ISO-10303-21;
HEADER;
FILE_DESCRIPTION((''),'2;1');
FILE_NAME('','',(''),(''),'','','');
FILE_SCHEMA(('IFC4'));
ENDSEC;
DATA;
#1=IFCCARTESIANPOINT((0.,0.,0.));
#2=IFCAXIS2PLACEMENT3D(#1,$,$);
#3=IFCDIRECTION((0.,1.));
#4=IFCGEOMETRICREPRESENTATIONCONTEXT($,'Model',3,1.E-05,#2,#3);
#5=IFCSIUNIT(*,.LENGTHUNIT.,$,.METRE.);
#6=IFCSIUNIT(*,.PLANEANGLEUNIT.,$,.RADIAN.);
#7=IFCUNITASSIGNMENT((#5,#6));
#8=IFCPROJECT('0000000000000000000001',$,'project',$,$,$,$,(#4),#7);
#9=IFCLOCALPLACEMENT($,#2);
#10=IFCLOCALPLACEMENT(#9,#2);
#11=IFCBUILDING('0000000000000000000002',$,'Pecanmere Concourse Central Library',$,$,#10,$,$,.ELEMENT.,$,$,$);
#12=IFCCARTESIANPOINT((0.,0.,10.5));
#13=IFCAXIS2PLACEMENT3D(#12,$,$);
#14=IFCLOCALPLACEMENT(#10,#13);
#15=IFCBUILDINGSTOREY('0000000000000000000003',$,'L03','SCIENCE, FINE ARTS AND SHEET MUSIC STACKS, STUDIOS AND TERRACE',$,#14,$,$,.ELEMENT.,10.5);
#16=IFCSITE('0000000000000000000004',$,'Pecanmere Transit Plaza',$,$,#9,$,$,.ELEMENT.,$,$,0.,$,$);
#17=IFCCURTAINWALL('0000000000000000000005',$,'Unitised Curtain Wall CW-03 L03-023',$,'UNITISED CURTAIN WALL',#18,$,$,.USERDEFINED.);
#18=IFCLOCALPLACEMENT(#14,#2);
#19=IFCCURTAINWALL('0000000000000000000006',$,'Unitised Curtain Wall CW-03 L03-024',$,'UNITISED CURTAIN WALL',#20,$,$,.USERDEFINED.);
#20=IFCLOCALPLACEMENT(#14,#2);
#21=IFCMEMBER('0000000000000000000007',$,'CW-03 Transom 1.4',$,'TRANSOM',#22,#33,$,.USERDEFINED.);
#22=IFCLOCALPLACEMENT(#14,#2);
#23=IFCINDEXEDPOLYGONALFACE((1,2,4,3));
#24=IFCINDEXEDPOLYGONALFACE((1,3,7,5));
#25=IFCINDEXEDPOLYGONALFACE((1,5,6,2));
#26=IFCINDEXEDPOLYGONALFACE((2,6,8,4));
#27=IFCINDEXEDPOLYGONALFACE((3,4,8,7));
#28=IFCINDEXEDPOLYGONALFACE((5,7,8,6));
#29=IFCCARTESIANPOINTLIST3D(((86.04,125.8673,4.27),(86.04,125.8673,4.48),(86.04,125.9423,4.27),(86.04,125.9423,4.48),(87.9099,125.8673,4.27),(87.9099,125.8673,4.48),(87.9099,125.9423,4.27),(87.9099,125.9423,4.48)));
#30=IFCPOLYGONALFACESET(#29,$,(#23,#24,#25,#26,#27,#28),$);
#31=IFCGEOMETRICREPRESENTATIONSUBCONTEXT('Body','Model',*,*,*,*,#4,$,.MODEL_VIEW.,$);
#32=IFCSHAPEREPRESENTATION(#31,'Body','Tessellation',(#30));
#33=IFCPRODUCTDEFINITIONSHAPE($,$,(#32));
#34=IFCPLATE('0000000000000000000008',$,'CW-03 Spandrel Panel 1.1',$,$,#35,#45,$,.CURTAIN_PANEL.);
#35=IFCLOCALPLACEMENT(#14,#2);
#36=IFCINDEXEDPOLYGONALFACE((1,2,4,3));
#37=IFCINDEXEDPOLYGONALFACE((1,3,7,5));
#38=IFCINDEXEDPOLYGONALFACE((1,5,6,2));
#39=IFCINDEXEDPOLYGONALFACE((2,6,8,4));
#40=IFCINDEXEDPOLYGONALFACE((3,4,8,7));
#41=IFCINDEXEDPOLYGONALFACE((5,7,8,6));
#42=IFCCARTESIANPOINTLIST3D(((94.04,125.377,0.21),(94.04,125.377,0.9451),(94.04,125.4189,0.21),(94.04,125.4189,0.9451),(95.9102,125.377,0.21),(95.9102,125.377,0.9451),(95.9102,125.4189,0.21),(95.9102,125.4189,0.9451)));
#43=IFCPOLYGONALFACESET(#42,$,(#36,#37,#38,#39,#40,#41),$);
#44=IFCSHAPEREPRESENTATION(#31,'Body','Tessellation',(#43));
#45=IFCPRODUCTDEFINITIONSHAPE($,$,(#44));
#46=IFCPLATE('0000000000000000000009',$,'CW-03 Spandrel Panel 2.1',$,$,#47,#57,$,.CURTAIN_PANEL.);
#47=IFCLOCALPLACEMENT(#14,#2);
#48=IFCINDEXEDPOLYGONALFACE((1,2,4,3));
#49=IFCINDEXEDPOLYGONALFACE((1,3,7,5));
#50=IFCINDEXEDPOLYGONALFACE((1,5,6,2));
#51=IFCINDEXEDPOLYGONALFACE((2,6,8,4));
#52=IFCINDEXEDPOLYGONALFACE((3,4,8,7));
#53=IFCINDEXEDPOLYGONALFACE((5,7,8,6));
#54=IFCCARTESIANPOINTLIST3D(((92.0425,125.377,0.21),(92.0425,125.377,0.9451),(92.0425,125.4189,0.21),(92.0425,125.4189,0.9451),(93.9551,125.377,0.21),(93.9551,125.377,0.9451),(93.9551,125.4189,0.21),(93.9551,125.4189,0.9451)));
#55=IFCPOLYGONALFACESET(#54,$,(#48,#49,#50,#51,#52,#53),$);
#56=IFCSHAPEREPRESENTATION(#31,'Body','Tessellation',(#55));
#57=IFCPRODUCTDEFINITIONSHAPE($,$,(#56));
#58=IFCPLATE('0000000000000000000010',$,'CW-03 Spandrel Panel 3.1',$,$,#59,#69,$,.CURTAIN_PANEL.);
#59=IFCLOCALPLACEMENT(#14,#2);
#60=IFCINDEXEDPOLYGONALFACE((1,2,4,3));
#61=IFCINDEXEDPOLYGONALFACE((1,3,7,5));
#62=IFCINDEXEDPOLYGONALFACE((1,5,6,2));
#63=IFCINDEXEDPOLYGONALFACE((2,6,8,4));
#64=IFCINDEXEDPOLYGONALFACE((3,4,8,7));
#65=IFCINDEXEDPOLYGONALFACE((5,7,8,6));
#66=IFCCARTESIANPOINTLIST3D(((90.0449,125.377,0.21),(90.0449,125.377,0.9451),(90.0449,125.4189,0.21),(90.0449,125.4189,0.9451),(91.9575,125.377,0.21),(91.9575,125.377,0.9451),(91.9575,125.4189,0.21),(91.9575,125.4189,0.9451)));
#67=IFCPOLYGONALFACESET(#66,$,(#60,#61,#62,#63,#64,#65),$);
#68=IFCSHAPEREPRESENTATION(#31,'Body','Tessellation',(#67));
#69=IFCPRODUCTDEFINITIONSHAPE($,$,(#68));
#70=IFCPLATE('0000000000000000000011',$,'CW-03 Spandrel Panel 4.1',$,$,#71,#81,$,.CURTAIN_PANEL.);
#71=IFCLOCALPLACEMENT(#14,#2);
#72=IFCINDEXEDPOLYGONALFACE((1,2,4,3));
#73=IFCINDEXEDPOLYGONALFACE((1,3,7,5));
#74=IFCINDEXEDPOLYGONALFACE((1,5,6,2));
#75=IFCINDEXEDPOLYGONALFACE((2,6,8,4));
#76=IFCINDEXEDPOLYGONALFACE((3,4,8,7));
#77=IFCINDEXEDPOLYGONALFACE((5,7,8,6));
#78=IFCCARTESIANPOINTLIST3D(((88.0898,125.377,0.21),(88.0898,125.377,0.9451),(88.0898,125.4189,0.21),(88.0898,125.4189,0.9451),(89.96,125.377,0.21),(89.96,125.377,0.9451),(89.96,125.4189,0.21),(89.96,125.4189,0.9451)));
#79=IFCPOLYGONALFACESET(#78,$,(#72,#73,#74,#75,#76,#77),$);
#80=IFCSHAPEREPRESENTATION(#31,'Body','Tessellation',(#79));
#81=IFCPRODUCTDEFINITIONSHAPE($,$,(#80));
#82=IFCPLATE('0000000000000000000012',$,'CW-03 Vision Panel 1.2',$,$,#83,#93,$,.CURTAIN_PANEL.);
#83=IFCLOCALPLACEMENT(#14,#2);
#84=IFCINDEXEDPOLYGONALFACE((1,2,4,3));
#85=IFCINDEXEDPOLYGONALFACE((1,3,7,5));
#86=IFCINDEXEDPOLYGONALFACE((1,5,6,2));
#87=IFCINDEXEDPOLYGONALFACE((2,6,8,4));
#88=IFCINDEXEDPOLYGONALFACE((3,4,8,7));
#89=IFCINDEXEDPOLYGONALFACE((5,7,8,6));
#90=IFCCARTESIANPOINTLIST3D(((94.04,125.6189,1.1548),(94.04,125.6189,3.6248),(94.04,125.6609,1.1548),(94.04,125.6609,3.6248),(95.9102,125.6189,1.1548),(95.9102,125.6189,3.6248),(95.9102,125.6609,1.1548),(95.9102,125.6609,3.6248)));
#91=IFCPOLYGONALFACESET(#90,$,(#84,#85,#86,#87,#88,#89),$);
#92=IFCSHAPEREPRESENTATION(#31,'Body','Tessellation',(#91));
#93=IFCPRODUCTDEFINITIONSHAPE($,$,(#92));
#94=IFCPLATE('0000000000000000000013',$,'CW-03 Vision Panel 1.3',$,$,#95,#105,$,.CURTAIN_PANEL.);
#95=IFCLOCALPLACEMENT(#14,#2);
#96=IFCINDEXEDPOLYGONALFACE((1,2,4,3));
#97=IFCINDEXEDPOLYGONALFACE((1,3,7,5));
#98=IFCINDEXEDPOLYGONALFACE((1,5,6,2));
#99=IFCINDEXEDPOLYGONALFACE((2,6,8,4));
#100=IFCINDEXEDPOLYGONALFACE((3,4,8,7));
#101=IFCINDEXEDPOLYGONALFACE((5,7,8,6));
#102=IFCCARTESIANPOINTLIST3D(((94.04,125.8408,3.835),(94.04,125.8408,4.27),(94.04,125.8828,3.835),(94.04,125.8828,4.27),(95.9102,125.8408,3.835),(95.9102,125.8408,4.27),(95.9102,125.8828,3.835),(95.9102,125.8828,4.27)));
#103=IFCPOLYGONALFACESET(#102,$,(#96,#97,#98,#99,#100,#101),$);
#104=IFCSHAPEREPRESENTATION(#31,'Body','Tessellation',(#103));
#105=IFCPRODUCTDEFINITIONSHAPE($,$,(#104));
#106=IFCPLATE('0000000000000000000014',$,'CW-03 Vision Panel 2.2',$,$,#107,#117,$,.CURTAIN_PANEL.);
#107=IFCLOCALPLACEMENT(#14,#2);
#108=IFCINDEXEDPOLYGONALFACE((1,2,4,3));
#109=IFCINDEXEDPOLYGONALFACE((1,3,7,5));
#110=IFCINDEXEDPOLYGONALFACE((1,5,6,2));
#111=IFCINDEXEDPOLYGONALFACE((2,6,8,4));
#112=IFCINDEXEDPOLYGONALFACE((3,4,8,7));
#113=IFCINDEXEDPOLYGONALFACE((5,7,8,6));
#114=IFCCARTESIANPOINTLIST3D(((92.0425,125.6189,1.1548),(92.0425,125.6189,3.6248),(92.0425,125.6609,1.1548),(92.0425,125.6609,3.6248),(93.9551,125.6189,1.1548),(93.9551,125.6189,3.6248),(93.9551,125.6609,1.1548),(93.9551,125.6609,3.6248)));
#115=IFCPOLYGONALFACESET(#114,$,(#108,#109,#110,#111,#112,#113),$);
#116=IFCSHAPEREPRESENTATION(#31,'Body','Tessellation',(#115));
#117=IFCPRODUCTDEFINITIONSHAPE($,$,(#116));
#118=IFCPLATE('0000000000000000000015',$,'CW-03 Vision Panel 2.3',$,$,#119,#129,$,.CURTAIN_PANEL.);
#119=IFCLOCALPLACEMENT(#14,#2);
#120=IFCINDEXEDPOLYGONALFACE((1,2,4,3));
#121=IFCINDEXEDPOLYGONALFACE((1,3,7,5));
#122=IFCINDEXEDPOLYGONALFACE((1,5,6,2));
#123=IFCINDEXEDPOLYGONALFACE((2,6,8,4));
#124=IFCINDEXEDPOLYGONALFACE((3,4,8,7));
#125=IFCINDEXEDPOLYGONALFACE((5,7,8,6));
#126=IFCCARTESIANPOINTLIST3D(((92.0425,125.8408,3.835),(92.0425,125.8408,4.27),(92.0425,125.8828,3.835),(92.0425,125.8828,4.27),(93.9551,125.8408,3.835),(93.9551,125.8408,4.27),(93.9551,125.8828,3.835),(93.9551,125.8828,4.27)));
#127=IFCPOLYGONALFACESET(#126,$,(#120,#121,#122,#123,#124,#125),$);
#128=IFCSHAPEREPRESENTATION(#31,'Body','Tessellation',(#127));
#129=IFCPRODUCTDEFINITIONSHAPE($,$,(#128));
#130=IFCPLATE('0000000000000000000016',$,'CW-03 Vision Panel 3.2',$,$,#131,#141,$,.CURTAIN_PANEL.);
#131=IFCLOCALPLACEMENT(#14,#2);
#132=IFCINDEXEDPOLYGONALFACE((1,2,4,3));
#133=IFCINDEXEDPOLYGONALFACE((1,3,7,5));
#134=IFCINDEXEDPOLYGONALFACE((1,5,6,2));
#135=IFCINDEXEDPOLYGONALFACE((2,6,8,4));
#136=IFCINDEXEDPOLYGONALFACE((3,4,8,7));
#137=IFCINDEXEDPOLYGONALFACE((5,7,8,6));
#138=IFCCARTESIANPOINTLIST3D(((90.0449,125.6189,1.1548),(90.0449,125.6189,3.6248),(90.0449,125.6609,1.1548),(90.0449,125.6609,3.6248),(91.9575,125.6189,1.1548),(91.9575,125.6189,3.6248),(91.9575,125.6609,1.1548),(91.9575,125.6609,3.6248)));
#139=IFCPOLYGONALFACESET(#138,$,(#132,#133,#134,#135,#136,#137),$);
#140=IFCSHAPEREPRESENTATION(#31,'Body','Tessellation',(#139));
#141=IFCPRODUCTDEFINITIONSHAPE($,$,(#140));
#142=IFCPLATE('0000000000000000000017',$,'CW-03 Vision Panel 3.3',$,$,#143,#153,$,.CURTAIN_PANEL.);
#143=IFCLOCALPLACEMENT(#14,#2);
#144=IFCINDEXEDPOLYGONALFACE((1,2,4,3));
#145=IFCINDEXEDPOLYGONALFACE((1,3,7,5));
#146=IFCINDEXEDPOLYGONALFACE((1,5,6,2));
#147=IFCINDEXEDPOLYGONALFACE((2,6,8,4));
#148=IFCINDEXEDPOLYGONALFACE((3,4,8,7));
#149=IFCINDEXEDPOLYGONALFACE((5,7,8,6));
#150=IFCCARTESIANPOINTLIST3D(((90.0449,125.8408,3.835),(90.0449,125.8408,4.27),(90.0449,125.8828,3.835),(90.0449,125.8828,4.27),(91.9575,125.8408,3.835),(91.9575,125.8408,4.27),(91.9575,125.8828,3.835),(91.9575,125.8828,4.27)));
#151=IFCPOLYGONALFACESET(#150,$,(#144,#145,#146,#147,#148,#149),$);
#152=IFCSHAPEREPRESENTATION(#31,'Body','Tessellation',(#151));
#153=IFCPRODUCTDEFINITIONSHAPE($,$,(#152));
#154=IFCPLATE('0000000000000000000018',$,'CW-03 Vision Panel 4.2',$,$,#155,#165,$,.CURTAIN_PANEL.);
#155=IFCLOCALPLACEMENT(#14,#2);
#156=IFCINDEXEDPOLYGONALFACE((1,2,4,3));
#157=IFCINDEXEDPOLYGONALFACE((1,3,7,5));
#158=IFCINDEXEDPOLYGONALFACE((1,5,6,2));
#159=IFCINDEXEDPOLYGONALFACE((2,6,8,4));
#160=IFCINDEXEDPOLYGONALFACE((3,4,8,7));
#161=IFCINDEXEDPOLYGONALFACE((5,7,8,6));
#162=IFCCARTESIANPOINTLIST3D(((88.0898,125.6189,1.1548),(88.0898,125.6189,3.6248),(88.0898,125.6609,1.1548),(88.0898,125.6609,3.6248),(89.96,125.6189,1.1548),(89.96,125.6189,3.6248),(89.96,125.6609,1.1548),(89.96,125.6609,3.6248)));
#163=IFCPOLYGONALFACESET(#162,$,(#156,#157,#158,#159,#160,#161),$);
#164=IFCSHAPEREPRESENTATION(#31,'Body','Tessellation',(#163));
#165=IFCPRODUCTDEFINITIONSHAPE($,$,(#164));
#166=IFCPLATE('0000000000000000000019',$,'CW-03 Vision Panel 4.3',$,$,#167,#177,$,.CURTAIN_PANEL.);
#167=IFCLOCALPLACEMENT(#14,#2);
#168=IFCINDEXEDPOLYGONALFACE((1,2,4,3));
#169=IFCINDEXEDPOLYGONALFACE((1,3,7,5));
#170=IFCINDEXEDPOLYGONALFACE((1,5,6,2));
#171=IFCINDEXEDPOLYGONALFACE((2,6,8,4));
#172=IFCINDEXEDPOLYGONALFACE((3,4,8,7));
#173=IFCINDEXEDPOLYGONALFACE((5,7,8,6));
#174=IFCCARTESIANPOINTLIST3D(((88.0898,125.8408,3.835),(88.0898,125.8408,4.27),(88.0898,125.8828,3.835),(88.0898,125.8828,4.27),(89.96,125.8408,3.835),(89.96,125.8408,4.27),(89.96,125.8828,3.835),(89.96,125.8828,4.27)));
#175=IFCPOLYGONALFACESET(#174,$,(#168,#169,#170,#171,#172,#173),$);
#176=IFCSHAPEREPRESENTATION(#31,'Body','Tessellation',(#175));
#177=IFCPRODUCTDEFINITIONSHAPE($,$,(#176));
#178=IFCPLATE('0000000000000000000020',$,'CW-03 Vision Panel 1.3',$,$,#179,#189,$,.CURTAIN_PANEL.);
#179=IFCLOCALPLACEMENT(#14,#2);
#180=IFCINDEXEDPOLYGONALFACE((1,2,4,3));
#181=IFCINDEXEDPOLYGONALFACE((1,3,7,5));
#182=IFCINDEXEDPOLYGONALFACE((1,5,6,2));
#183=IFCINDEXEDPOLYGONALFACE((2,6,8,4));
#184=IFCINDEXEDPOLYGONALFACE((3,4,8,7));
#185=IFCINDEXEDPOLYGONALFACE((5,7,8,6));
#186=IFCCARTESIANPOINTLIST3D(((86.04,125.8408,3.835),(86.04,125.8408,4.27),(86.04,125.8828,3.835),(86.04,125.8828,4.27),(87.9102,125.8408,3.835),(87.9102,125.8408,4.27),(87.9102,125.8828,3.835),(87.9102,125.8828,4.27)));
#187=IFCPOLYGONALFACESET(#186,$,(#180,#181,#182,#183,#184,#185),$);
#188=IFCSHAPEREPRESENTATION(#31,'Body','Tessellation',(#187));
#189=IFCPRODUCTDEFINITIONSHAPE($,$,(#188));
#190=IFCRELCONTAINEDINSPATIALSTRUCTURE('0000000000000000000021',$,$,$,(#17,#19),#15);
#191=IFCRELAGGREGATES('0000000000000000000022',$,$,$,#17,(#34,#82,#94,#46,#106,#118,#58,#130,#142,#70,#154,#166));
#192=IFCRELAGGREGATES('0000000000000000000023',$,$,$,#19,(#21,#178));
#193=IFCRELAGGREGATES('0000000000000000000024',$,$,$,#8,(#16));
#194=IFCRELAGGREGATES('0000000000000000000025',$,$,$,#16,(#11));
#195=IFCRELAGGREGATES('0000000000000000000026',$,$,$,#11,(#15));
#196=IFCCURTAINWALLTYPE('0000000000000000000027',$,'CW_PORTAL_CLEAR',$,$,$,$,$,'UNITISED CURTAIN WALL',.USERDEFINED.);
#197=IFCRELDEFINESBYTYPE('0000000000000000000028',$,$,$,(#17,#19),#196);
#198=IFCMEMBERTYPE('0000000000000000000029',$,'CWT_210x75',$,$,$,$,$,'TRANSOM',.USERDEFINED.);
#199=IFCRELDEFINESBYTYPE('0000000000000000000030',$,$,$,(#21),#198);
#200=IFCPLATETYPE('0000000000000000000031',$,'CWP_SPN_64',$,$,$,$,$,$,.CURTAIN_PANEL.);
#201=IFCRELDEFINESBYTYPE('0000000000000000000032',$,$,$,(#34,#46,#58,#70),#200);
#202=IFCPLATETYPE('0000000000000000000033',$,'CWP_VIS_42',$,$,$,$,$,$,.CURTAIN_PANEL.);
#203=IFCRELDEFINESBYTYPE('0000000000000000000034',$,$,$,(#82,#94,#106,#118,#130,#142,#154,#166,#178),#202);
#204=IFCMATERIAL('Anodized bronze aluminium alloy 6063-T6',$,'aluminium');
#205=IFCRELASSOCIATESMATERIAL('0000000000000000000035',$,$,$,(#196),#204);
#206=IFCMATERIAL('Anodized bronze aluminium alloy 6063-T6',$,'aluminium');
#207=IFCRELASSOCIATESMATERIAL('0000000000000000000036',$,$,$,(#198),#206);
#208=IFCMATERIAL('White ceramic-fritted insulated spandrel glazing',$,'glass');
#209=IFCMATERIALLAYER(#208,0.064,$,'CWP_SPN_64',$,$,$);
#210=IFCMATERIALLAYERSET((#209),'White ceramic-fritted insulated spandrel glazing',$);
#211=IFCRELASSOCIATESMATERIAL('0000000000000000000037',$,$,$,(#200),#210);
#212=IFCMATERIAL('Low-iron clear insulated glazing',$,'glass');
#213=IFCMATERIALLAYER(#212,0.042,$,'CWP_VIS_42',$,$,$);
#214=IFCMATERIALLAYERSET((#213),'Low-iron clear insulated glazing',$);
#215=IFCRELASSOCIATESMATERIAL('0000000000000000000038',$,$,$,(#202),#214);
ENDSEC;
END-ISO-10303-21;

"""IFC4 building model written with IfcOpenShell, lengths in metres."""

from ifc_helpers import new_model, si_unit, direction, frame, origin, origin_2d, place, context, subcontext, project, spatial, rectangle, extrude, material, layer, layer_set, material_profile, profile_set, type_object, element, aggregate, save


model = new_model("IFC4")

# Units and contexts
model_context = context("Model", 3, precision=1e-05, world=origin(), true_north=direction((0.0, 1.0)))
body_context = subcontext(model_context, "Body", "Model", "MODEL_VIEW")
ifc_project = project(units=[si_unit("LENGTHUNIT", "METRE"), si_unit("PLANEANGLEUNIT", "RADIAN")], contexts=[model_context])

# Site, building, storey
site_placement = place(None, origin())
site = spatial("IfcSite", under=ifc_project, at=site_placement, Name="Pecanmere Transit Plaza", CompositionType="ELEMENT", RefElevation=0.0)
building_placement = place(site_placement, origin())
building = spatial("IfcBuilding", under=site, at=building_placement, Name="Pecanmere Concourse Central Library", CompositionType="ELEMENT")
storey_placement = place(building_placement, frame((0.0, 0.0, 10.5)))
storey = spatial("IfcBuildingStorey", under=building, at=storey_placement, Name="L03", Description="SCIENCE, FINE ARTS AND SHEET MUSIC STACKS, STUDIOS AND TERRACE", CompositionType="ELEMENT", Elevation=10.5)

# Curtain walls, member
ifc_material_1 = material(Name="Anodized bronze aluminium alloy 6063-T6", Category="aluminium")
curtain_wall_type = type_object("IfcCurtainWallType", Name="CW_PORTAL_CLEAR", ElementType="UNITISED CURTAIN WALL", PredefinedType="USERDEFINED", material=ifc_material_1)
curtain_wall_1_placement = place(storey_placement, origin())
curtain_wall_1 = element("IfcCurtainWall", 1, at=curtain_wall_1_placement, inside=storey, type_object=curtain_wall_type, Name="Unitised Curtain Wall CW-03 L03-023", ObjectType="UNITISED CURTAIN WALL", PredefinedType="USERDEFINED")
ifc_material_2 = material(Name="Anodized bronze aluminium alloy 6063-T6", Category="aluminium")
ifc_material_profile = material_profile(ifc_material_2, rectangle(XDim=0.075, YDim=0.21, at=origin_2d()), Name="AL 75x210")
ifc_profile_set = profile_set([ifc_material_profile], Name="Anodized bronze aluminium alloy 6063-T6")
member_type = type_object("IfcMemberType", Name="CWT_210x75", ElementType="TRANSOM", PredefinedType="USERDEFINED", material=ifc_profile_set)
curtain_wall_2_placement = place(storey_placement, origin())
curtain_wall_2 = element("IfcCurtainWall", 2, at=curtain_wall_2_placement, inside=storey, type_object=curtain_wall_type, Name="Unitised Curtain Wall CW-03 L03-024", ObjectType="UNITISED CURTAIN WALL", PredefinedType="USERDEFINED")
member_1_placement = place(storey_placement, frame((87.9099, 125.9048, 4.375), z_axis=(-1.0, 0.0, 0.0), x_axis=(0.0, -1.0, 0.0)))
member_1 = element("IfcMember", 3, at=member_1_placement, type_object=member_type, Name="CW-03 Transom 1.4", ObjectType="TRANSOM", PredefinedType="USERDEFINED", context=body_context, shape_type="SweptSolid", body=[
    extrude(rectangle(XDim=0.075, YDim=0.21, at=origin_2d()), origin(), (0.0, 0.0, 1.0), 1.8699),
])

# Plates
ifc_material_3 = material(Name="White ceramic-fritted insulated spandrel glazing", Category="glass")
ifc_layer_1 = layer(ifc_material_3, 0.064, Name="CWP_SPN_64")
ifc_layer_set_1 = layer_set([ifc_layer_1], Name="White ceramic-fritted insulated spandrel glazing")
plate_type_1 = type_object("IfcPlateType", Name="CWP_SPN_64", PredefinedType="CURTAIN_PANEL", material=ifc_layer_set_1)
plate_1_placement = place(storey_placement, frame((94.9751, 125.3979, 0.21), z_axis=(0.0, 0.0, 1.0), x_axis=(-1.0, 0.0, 0.0)))
plate_1 = element("IfcPlate", 4, at=plate_1_placement, type_object=plate_type_1, Name="CW-03 Spandrel Panel 1.1", PredefinedType="CURTAIN_PANEL", context=body_context, shape_type="SweptSolid", body=[
    extrude(rectangle(XDim=1.8701, YDim=0.042, at=origin_2d()), origin(), (0.0, 0.0, 1.0), 0.7351),
])
plate_2_placement = place(storey_placement, frame((92.9988, 125.3979, 0.21), z_axis=(0.0, 0.0, 1.0), x_axis=(-1.0, 0.0, 0.0)))
plate_2 = element("IfcPlate", 5, at=plate_2_placement, type_object=plate_type_1, Name="CW-03 Spandrel Panel 2.1", PredefinedType="CURTAIN_PANEL", context=body_context, shape_type="SweptSolid", body=[
    extrude(rectangle(XDim=1.9126, YDim=0.042, at=origin_2d()), origin(), (0.0, 0.0, 1.0), 0.7351),
])
plate_3_placement = place(storey_placement, frame((91.0012, 125.3979, 0.21), z_axis=(0.0, 0.0, 1.0), x_axis=(-1.0, 0.0, 0.0)))
plate_3 = element("IfcPlate", 6, at=plate_3_placement, type_object=plate_type_1, Name="CW-03 Spandrel Panel 3.1", PredefinedType="CURTAIN_PANEL", context=body_context, shape_type="SweptSolid", body=[
    extrude(rectangle(XDim=1.9126, YDim=0.042, at=origin_2d()), origin(), (0.0, 0.0, 1.0), 0.7351),
])
plate_4_placement = place(storey_placement, frame((89.0249, 125.3979, 0.21), z_axis=(0.0, 0.0, 1.0), x_axis=(-1.0, 0.0, 0.0)))
plate_4 = element("IfcPlate", 7, at=plate_4_placement, type_object=plate_type_1, Name="CW-03 Spandrel Panel 4.1", PredefinedType="CURTAIN_PANEL", context=body_context, shape_type="SweptSolid", body=[
    extrude(rectangle(XDim=1.8701, YDim=0.042, at=origin_2d()), origin(), (0.0, 0.0, 1.0), 0.7351),
])
ifc_material_4 = material(Name="Low-iron clear insulated glazing", Category="glass")
ifc_layer_2 = layer(ifc_material_4, 0.042, Name="CWP_VIS_42")
ifc_layer_set_2 = layer_set([ifc_layer_2], Name="Low-iron clear insulated glazing")
plate_type_2 = type_object("IfcPlateType", Name="CWP_VIS_42", PredefinedType="CURTAIN_PANEL", material=ifc_layer_set_2)
plate_5_placement = place(storey_placement, frame((94.9751, 125.6399, 1.1548), z_axis=(0.0, 0.0, 1.0), x_axis=(-1.0, 0.0, 0.0)))
plate_5 = element("IfcPlate", 8, at=plate_5_placement, type_object=plate_type_2, Name="CW-03 Vision Panel 1.2", PredefinedType="CURTAIN_PANEL", context=body_context, shape_type="SweptSolid", body=[
    extrude(rectangle(XDim=1.8701, YDim=0.042, at=origin_2d()), origin(), (0.0, 0.0, 1.0), 2.47),
])
plate_6_placement = place(storey_placement, frame((94.9751, 125.8618, 3.835), z_axis=(0.0, 0.0, 1.0), x_axis=(-1.0, 0.0, 0.0)))
plate_6 = element("IfcPlate", 9, at=plate_6_placement, type_object=plate_type_2, Name="CW-03 Vision Panel 1.3", PredefinedType="CURTAIN_PANEL", context=body_context, shape_type="SweptSolid", body=[
    extrude(rectangle(XDim=1.8701, YDim=0.042, at=origin_2d()), origin(), (0.0, 0.0, 1.0), 0.4351),
])
plate_7_placement = place(storey_placement, frame((92.9988, 125.6399, 1.1548), z_axis=(0.0, 0.0, 1.0), x_axis=(-1.0, 0.0, 0.0)))
plate_7 = element("IfcPlate", 10, at=plate_7_placement, type_object=plate_type_2, Name="CW-03 Vision Panel 2.2", PredefinedType="CURTAIN_PANEL", context=body_context, shape_type="SweptSolid", body=[
    extrude(rectangle(XDim=1.9126, YDim=0.042, at=origin_2d()), origin(), (0.0, 0.0, 1.0), 2.47),
])
plate_8_placement = place(storey_placement, frame((92.9988, 125.8618, 3.835), z_axis=(0.0, 0.0, 1.0), x_axis=(-1.0, 0.0, 0.0)))
plate_8 = element("IfcPlate", 11, at=plate_8_placement, type_object=plate_type_2, Name="CW-03 Vision Panel 2.3", PredefinedType="CURTAIN_PANEL", context=body_context, shape_type="SweptSolid", body=[
    extrude(rectangle(XDim=1.9126, YDim=0.042, at=origin_2d()), origin(), (0.0, 0.0, 1.0), 0.4351),
])
plate_9_placement = place(storey_placement, frame((91.0012, 125.6399, 1.1548), z_axis=(0.0, 0.0, 1.0), x_axis=(-1.0, 0.0, 0.0)))
plate_9 = element("IfcPlate", 12, at=plate_9_placement, type_object=plate_type_2, Name="CW-03 Vision Panel 3.2", PredefinedType="CURTAIN_PANEL", context=body_context, shape_type="SweptSolid", body=[
    extrude(rectangle(XDim=1.9126, YDim=0.042, at=origin_2d()), origin(), (0.0, 0.0, 1.0), 2.47),
])
plate_10_placement = place(storey_placement, frame((91.0012, 125.8618, 3.835), z_axis=(0.0, 0.0, 1.0), x_axis=(-1.0, 0.0, 0.0)))
plate_10 = element("IfcPlate", 13, at=plate_10_placement, type_object=plate_type_2, Name="CW-03 Vision Panel 3.3", PredefinedType="CURTAIN_PANEL", context=body_context, shape_type="SweptSolid", body=[
    extrude(rectangle(XDim=1.9126, YDim=0.042, at=origin_2d()), origin(), (0.0, 0.0, 1.0), 0.4351),
])
plate_11_placement = place(storey_placement, frame((89.0249, 125.6399, 1.1548), z_axis=(0.0, 0.0, 1.0), x_axis=(-1.0, 0.0, 0.0)))
plate_11 = element("IfcPlate", 14, at=plate_11_placement, type_object=plate_type_2, Name="CW-03 Vision Panel 4.2", PredefinedType="CURTAIN_PANEL", context=body_context, shape_type="SweptSolid", body=[
    extrude(rectangle(XDim=1.8701, YDim=0.042, at=origin_2d()), origin(), (0.0, 0.0, 1.0), 2.47),
])
plate_12_placement = place(storey_placement, frame((89.0249, 125.8618, 3.835), z_axis=(0.0, 0.0, 1.0), x_axis=(-1.0, 0.0, 0.0)))
plate_12 = element("IfcPlate", 15, at=plate_12_placement, type_object=plate_type_2, Name="CW-03 Vision Panel 4.3", PredefinedType="CURTAIN_PANEL", context=body_context, shape_type="SweptSolid", body=[
    extrude(rectangle(XDim=1.8701, YDim=0.042, at=origin_2d()), origin(), (0.0, 0.0, 1.0), 0.4351),
])
aggregate(curtain_wall_1, [plate_1, plate_5, plate_6, plate_2, plate_7, plate_8, plate_3, plate_9, plate_10, plate_4, plate_11, plate_12])
plate_13_placement = place(storey_placement, frame((86.9751, 125.8618, 3.835), z_axis=(0.0, 0.0, 1.0), x_axis=(-1.0, 0.0, 0.0)))
plate_13 = element("IfcPlate", 16, at=plate_13_placement, type_object=plate_type_2, Name="CW-03 Vision Panel 1.3", PredefinedType="CURTAIN_PANEL", context=body_context, shape_type="SweptSolid", body=[
    extrude(rectangle(XDim=1.8701, YDim=0.042, at=origin_2d()), origin(), (0.0, 0.0, 1.0), 0.4351),
])
aggregate(curtain_wall_2, [member_1, plate_13])

save(model, "model.ifc")
